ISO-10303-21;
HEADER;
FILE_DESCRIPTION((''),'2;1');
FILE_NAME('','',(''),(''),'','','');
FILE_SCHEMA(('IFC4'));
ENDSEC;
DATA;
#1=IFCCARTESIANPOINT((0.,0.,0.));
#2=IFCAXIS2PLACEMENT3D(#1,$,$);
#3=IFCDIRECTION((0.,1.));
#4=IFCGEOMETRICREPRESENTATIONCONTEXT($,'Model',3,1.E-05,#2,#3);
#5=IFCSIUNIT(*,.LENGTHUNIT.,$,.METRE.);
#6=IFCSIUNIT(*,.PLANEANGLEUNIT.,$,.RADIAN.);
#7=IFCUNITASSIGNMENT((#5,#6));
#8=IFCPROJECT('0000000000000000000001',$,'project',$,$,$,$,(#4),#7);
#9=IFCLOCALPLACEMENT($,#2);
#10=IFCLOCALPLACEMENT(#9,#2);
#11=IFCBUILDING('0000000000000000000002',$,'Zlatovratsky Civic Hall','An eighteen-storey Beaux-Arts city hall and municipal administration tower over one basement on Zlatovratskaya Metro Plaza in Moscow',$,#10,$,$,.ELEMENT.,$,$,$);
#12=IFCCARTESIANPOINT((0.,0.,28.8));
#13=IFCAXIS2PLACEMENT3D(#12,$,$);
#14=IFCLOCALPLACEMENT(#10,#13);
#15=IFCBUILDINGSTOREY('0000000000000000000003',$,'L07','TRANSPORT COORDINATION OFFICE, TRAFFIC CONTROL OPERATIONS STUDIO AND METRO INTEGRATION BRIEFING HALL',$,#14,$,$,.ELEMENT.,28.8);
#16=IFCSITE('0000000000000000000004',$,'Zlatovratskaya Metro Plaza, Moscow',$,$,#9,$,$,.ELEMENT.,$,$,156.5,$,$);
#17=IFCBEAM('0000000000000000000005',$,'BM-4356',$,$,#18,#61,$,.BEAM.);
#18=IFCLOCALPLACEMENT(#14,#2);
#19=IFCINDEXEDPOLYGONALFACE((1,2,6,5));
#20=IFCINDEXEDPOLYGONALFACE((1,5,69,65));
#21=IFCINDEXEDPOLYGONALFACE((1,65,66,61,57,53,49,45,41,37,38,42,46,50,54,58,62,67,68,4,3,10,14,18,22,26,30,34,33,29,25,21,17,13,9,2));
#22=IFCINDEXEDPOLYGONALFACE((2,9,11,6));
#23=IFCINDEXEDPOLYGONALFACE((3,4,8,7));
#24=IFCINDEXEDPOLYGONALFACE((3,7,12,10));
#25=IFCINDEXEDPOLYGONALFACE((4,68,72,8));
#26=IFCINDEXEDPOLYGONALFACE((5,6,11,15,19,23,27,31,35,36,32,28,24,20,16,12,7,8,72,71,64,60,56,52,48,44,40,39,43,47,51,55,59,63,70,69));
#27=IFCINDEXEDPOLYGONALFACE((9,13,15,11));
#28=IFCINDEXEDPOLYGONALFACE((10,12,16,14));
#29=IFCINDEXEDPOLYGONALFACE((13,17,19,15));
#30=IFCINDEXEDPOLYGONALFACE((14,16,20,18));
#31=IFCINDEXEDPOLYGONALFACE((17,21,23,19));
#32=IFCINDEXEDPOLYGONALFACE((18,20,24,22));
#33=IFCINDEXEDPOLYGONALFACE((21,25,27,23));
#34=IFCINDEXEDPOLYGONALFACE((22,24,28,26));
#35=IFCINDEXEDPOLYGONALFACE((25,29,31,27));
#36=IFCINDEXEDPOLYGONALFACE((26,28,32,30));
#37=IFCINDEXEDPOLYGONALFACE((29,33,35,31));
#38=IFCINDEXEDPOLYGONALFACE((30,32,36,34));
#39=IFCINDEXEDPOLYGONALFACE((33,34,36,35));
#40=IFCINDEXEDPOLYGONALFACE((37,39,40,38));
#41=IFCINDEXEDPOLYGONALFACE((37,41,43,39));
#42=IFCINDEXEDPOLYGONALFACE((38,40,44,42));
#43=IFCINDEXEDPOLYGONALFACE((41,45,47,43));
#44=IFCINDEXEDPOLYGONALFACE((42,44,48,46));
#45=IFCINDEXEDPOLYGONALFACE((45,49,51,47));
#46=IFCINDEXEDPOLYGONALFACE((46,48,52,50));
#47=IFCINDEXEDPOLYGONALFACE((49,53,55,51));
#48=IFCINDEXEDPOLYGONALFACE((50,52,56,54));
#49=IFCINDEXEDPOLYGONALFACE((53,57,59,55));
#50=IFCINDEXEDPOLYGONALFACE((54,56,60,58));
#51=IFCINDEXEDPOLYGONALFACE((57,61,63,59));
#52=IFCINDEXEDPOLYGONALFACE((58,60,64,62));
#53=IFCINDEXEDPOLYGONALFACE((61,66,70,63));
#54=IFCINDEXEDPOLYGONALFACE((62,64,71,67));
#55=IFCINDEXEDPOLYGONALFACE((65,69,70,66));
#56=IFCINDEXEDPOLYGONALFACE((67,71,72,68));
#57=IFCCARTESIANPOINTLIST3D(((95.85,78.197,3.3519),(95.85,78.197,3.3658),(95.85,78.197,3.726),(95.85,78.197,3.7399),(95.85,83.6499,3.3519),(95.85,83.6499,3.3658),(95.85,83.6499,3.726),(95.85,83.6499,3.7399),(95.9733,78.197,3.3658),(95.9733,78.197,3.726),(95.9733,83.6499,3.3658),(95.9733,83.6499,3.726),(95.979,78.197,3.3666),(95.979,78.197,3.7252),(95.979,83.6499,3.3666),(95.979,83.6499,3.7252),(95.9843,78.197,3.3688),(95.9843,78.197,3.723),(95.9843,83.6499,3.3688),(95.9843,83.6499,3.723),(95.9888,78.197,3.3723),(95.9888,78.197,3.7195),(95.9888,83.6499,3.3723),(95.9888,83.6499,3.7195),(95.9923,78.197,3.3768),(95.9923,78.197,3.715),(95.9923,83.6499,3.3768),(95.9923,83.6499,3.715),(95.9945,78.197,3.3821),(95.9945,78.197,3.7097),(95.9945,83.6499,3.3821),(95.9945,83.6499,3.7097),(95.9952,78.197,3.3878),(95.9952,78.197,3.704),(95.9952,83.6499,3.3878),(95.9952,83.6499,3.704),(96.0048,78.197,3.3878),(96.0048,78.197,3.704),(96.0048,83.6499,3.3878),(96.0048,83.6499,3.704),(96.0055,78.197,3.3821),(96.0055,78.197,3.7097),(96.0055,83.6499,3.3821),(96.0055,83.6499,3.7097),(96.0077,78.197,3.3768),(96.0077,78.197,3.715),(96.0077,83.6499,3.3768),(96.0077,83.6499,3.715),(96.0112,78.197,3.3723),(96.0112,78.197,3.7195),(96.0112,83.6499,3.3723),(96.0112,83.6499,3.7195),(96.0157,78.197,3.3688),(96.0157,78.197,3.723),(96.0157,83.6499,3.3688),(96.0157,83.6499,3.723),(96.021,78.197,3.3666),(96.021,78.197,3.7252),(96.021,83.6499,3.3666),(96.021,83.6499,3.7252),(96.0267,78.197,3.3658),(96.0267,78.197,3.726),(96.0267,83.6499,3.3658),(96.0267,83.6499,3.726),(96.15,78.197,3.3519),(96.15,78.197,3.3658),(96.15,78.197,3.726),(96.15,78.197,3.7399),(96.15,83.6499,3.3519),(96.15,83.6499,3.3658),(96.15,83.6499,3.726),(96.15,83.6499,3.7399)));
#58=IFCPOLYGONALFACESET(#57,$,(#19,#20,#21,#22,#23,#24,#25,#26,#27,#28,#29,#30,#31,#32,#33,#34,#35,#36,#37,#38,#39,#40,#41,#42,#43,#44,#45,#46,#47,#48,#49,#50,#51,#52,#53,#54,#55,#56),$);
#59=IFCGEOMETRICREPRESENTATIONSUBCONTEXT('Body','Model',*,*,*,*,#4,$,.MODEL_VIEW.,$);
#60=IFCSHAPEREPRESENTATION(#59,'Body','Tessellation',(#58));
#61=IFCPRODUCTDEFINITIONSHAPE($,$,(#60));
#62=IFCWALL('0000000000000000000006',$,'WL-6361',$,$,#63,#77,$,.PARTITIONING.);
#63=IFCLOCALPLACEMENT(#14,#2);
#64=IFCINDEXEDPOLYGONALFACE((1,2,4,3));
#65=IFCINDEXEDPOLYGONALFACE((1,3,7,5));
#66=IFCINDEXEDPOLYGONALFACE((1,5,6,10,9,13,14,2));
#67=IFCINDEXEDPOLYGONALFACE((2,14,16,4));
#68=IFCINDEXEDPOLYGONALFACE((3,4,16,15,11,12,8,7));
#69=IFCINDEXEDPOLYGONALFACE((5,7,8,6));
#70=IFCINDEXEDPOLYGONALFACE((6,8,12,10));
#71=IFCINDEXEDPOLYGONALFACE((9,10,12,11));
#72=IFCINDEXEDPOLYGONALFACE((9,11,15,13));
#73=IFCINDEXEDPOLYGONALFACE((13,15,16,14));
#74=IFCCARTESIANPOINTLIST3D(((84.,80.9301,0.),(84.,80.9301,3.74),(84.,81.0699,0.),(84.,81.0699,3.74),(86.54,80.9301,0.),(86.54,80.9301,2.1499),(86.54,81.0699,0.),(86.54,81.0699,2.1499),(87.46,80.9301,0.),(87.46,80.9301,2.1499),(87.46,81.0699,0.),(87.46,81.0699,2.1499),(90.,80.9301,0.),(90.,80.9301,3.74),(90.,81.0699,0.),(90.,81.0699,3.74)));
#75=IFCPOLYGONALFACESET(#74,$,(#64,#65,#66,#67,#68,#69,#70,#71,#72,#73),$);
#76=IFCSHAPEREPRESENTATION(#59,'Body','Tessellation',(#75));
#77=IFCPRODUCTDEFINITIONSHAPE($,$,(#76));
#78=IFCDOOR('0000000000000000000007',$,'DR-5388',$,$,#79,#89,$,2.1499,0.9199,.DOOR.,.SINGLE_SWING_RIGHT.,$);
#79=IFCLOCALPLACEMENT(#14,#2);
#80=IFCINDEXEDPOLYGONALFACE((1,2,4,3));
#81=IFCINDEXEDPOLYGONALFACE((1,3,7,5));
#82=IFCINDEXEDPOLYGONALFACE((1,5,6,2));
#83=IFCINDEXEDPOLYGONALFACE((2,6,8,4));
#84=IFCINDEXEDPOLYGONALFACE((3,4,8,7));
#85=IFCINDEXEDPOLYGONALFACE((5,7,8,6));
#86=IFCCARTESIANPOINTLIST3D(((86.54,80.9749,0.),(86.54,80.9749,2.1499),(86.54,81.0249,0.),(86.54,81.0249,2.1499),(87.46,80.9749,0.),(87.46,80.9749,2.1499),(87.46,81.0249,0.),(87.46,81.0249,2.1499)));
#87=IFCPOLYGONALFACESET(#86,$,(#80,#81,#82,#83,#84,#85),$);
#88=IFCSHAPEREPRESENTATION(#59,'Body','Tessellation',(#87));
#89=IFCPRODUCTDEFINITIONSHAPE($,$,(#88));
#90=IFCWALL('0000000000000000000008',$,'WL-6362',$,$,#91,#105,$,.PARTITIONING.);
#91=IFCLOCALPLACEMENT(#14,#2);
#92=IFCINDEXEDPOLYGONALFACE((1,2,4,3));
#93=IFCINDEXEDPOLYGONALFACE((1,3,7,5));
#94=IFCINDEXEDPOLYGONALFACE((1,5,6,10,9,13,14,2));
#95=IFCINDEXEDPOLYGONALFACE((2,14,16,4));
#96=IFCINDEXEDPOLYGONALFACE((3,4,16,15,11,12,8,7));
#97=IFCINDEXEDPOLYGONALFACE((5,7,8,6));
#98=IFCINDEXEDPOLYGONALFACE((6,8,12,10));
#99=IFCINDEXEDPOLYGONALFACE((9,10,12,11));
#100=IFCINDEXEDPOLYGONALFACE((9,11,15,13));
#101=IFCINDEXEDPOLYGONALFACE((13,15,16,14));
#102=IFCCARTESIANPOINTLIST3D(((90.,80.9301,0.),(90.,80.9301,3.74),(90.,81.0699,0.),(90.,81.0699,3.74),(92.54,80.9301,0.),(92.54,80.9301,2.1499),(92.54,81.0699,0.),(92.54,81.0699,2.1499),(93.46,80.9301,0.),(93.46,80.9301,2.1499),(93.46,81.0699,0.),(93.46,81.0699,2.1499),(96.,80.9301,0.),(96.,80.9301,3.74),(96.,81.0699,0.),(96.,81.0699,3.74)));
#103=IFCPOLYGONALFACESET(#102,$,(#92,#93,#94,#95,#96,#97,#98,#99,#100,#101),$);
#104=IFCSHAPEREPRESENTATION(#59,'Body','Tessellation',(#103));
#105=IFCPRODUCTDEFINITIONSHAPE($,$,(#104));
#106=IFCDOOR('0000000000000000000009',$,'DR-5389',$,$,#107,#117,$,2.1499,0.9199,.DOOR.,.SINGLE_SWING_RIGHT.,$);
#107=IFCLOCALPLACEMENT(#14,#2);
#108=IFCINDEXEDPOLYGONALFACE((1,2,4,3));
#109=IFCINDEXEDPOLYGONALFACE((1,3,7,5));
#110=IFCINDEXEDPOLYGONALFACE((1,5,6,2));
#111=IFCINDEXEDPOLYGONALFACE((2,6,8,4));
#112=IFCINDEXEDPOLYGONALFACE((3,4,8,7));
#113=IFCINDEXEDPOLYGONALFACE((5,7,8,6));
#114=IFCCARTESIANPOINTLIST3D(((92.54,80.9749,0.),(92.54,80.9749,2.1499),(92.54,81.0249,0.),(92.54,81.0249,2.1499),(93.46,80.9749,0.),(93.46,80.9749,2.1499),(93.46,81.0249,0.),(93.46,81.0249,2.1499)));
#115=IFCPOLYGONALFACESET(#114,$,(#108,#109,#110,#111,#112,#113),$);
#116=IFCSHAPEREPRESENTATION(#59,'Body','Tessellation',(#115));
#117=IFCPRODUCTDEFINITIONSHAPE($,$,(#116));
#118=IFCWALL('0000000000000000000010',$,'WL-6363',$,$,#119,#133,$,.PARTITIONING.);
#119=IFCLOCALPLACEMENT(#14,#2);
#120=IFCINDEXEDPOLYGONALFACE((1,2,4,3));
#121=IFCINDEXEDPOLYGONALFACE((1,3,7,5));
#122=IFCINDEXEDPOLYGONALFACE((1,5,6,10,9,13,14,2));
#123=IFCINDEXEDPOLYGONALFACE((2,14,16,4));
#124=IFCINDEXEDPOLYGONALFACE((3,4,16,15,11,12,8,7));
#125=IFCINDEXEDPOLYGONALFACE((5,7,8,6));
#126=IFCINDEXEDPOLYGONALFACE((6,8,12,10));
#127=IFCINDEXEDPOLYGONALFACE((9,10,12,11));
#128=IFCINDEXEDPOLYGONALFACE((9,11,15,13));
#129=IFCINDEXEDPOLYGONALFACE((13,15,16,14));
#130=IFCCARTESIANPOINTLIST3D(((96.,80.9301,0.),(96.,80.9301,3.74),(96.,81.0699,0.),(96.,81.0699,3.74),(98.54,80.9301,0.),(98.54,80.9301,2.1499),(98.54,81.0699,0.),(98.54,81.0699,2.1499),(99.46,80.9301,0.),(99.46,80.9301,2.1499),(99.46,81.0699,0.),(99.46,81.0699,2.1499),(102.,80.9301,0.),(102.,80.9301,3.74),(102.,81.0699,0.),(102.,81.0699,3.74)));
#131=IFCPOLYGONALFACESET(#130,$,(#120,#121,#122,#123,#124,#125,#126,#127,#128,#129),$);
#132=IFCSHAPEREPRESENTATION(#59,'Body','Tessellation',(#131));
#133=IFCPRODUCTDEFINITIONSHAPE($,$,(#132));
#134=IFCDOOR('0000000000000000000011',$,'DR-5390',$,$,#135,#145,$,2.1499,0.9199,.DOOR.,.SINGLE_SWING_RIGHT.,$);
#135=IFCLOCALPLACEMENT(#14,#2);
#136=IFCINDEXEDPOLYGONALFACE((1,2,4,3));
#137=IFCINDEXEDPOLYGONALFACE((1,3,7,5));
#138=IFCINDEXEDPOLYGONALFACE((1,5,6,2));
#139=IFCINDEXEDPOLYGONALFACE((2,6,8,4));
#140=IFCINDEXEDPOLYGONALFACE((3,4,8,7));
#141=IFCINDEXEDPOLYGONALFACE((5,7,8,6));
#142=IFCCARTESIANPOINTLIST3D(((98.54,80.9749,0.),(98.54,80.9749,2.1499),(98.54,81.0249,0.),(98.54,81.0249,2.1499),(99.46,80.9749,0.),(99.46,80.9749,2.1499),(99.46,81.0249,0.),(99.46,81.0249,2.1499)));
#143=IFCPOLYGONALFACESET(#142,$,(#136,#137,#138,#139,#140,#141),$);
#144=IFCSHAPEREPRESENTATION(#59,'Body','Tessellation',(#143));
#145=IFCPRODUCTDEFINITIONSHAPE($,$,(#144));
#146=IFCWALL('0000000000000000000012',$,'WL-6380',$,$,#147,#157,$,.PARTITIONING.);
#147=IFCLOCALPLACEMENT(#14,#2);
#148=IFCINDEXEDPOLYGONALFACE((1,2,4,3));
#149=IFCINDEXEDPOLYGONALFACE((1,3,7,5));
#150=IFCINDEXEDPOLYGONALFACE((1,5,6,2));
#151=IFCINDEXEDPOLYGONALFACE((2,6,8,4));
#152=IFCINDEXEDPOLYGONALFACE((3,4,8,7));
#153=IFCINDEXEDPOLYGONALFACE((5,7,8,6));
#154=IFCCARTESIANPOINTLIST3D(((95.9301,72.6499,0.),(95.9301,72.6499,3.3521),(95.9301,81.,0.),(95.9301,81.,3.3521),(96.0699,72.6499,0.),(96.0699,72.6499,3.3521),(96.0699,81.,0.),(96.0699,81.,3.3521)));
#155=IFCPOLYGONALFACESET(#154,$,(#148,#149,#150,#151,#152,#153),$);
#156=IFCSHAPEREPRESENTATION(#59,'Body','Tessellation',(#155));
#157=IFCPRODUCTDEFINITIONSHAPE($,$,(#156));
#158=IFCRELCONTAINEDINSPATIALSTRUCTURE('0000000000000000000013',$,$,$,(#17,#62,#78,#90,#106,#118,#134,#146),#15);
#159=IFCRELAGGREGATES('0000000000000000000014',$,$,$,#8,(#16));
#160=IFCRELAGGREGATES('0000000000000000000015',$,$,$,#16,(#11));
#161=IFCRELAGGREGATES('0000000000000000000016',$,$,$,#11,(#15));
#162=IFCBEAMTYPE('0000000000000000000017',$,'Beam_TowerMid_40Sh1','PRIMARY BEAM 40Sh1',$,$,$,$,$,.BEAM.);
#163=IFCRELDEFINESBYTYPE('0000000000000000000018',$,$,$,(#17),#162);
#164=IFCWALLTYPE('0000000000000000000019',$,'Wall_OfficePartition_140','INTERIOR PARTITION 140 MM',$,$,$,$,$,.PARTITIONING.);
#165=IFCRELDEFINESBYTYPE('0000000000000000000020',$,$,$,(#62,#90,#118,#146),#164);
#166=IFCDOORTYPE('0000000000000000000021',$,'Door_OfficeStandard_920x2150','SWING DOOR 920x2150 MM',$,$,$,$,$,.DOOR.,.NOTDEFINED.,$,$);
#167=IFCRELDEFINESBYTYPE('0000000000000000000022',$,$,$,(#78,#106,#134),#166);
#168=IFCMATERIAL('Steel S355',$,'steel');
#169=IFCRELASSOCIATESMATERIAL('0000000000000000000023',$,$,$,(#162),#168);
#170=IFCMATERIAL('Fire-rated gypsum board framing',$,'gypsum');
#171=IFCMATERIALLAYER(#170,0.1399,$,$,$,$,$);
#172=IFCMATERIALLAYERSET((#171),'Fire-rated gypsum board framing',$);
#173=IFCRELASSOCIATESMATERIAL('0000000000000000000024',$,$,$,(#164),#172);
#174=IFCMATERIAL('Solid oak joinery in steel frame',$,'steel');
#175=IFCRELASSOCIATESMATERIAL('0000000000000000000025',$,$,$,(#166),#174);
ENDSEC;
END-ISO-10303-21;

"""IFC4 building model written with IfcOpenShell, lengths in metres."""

from ifc_helpers import new_model, si_unit, direction, frame, frame_2d, origin, origin_2d, place, context, subcontext, project, spatial, rectangle, i_section, extrude, material, layer, layer_set, material_profile, profile_set, type_object, element, fill, save


model = new_model("IFC4")

# Units and contexts
model_context = context("Model", 3, precision=1e-05, world=origin(), true_north=direction((0.0, 1.0)))
body_context = subcontext(model_context, "Body", "Model", "MODEL_VIEW")
ifc_project = project(units=[si_unit("LENGTHUNIT", "METRE"), si_unit("PLANEANGLEUNIT", "RADIAN")], contexts=[model_context])

# Site, building, storey
site_placement = place(None, origin())
site = spatial("IfcSite", under=ifc_project, at=site_placement, Name="Zlatovratskaya Metro Plaza, Moscow", CompositionType="ELEMENT", RefElevation=156.5)
building_placement = place(site_placement, origin())
building = spatial("IfcBuilding", under=site, at=building_placement, Name="Zlatovratsky Civic Hall", Description="An eighteen-storey Beaux-Arts city hall and municipal administration tower over one basement on Zlatovratskaya Metro Plaza in Moscow", CompositionType="ELEMENT")
storey_placement = place(building_placement, frame((0.0, 0.0, 28.8)))
storey = spatial("IfcBuildingStorey", under=building, at=storey_placement, Name="L07", Description="TRANSPORT COORDINATION OFFICE, TRAFFIC CONTROL OPERATIONS STUDIO AND METRO INTEGRATION BRIEFING HALL", CompositionType="ELEMENT", Elevation=28.8)

# Shared definitions
ifc_material_1 = material(Name="Steel S355", Category="steel")

# Beam
ifc_material_profile_1 = material_profile(ifc_material_1, i_section(OverallWidth=0.3, OverallDepth=0.3879, WebThickness=0.0095, FlangeThickness=0.0139, FilletRadius=0.022, at=origin_2d()), Name="40Sh1")
ifc_profile_set_1 = profile_set([ifc_material_profile_1], Name="Steel S355")
beam_type = type_object("IfcBeamType", Name="Beam_TowerMid_40Sh1", Description="PRIMARY BEAM 40Sh1", PredefinedType="BEAM", material=ifc_profile_set_1)
beam_1_placement = place(storey_placement, frame((96.0, 78.197, 3.5459), z_axis=(0.0, 1.0, 0.0), x_axis=(-1.0, 0.0, 0.0)))
element("IfcBeam", 1, at=beam_1_placement, inside=storey, type_object=beam_type, Name="BM-4356", PredefinedType="BEAM", context=body_context, shape_type="SweptSolid", body=[
    extrude(i_section(OverallWidth=0.3, OverallDepth=0.3879, WebThickness=0.0095, FlangeThickness=0.0139, FilletRadius=0.022, at=origin_2d()), origin(), (0.0, 0.0, 1.0), 5.4529),
])

# Walls, openings, doors
ifc_material_2 = material(Name="Fire-rated gypsum board framing", Category="gypsum")
ifc_layer_1 = layer(ifc_material_2, 0.1399)
ifc_layer_set_1 = layer_set([ifc_layer_1], Name="Fire-rated gypsum board framing")
wall_type_1 = type_object("IfcWallType", Name="Wall_OfficePartition_140", Description="INTERIOR PARTITION 140 MM", PredefinedType="PARTITIONING", material=ifc_layer_set_1)
wall_1_placement = place(storey_placement, frame((84.0, 81.0, 0.0), z_axis=(0.0, 0.0, 1.0), x_axis=(1.0, 0.0, 0.0)))
wall_1 = element("IfcWall", 2, at=wall_1_placement, inside=storey, type_object=wall_type_1, Name="WL-6361", PredefinedType="PARTITIONING", context=body_context, shape_type="SweptSolid", body=[
    extrude(rectangle(XDim=6.0, YDim=0.1399, at=frame_2d((3.0, 0.0))), origin(), (0.0, 0.0, 1.0), 3.74),
])
opening_1_placement = place(wall_1_placement, frame((2.54, 0.0, 0.0)))
opening_1 = element("IfcOpeningElement", 3, at=opening_1_placement, cuts=wall_1, PredefinedType="OPENING", context=body_context, shape_type="SweptSolid", body=[
    extrude(rectangle(XDim=0.9199, YDim=2.1499, at=frame_2d((0.46, 1.075))), frame((0.0, 0.085, 0.0), z_axis=(0.0, -1.0, 0.0), x_axis=(1.0, 0.0, 0.0)), (0.0, 0.0, 1.0), 0.1697),
])
ifc_material_3 = material(Name="Solid oak joinery in steel frame", Category="steel")
door_type_1 = type_object("IfcDoorType", Name="Door_OfficeStandard_920x2150", Description="SWING DOOR 920x2150 MM", OperationType="NOTDEFINED", PredefinedType="DOOR", material=ifc_material_3)
door_1_placement = place(opening_1_placement, origin())
door_1 = element("IfcDoor", 4, at=door_1_placement, inside=storey, type_object=door_type_1, Name="DR-5388", OperationType="SINGLE_SWING_RIGHT", OverallHeight=2.1499, OverallWidth=0.9199, PredefinedType="DOOR", context=body_context, shape_type="SweptSolid", body=[
    extrude(rectangle(XDim=0.9199, YDim=2.1499, at=frame_2d((0.46, 1.075))), frame((0.0, 0.0249, 0.0), z_axis=(0.0, -1.0, 0.0), x_axis=(1.0, 0.0, 0.0)), (0.0, 0.0, 1.0), 0.05),
])
fill(opening_1, door_1)
wall_2_placement = place(storey_placement, frame((90.0, 81.0, 0.0), z_axis=(0.0, 0.0, 1.0), x_axis=(1.0, 0.0, 0.0)))
wall_2 = element("IfcWall", 5, at=wall_2_placement, inside=storey, type_object=wall_type_1, Name="WL-6362", PredefinedType="PARTITIONING", context=body_context, shape_type="SweptSolid", body=[
    extrude(rectangle(XDim=6.0, YDim=0.1399, at=frame_2d((3.0, 0.0))), origin(), (0.0, 0.0, 1.0), 3.74),
])
opening_2_placement = place(wall_2_placement, frame((2.54, 0.0, 0.0)))
opening_2 = element("IfcOpeningElement", 6, at=opening_2_placement, cuts=wall_2, PredefinedType="OPENING", context=body_context, shape_type="SweptSolid", body=[
    extrude(rectangle(XDim=0.9199, YDim=2.1499, at=frame_2d((0.46, 1.075))), frame((0.0, 0.085, 0.0), z_axis=(0.0, -1.0, 0.0), x_axis=(1.0, 0.0, 0.0)), (0.0, 0.0, 1.0), 0.1697),
])
door_2_placement = place(opening_2_placement, origin())
door_2 = element("IfcDoor", 7, at=door_2_placement, inside=storey, type_object=door_type_1, Name="DR-5389", OperationType="SINGLE_SWING_RIGHT", OverallHeight=2.1499, OverallWidth=0.9199, PredefinedType="DOOR", context=body_context, shape_type="SweptSolid", body=[
    extrude(rectangle(XDim=0.9199, YDim=2.1499, at=frame_2d((0.46, 1.075))), frame((0.0, 0.0249, 0.0), z_axis=(0.0, -1.0, 0.0), x_axis=(1.0, 0.0, 0.0)), (0.0, 0.0, 1.0), 0.05),
])
fill(opening_2, door_2)
wall_3_placement = place(storey_placement, frame((96.0, 81.0, 0.0), z_axis=(0.0, 0.0, 1.0), x_axis=(1.0, 0.0, 0.0)))
wall_3 = element("IfcWall", 8, at=wall_3_placement, inside=storey, type_object=wall_type_1, Name="WL-6363", PredefinedType="PARTITIONING", context=body_context, shape_type="SweptSolid", body=[
    extrude(rectangle(XDim=6.0, YDim=0.1399, at=frame_2d((3.0, 0.0))), origin(), (0.0, 0.0, 1.0), 3.74),
])
opening_3_placement = place(wall_3_placement, frame((2.54, 0.0, 0.0)))
opening_3 = element("IfcOpeningElement", 9, at=opening_3_placement, cuts=wall_3, PredefinedType="OPENING", context=body_context, shape_type="SweptSolid", body=[
    extrude(rectangle(XDim=0.9199, YDim=2.1499, at=frame_2d((0.46, 1.075))), frame((0.0, 0.085, 0.0), z_axis=(0.0, -1.0, 0.0), x_axis=(1.0, 0.0, 0.0)), (0.0, 0.0, 1.0), 0.1697),
])
door_3_placement = place(opening_3_placement, origin())
door_3 = element("IfcDoor", 10, at=door_3_placement, inside=storey, type_object=door_type_1, Name="DR-5390", OperationType="SINGLE_SWING_RIGHT", OverallHeight=2.1499, OverallWidth=0.9199, PredefinedType="DOOR", context=body_context, shape_type="SweptSolid", body=[
    extrude(rectangle(XDim=0.9199, YDim=2.1499, at=frame_2d((0.46, 1.075))), frame((0.0, 0.0249, 0.0), z_axis=(0.0, -1.0, 0.0), x_axis=(1.0, 0.0, 0.0)), (0.0, 0.0, 1.0), 0.05),
])
fill(opening_3, door_3)

# Wall
wall_4_placement = place(storey_placement, frame((96.0, 72.6499, 0.0), z_axis=(0.0, 0.0, 1.0), x_axis=(0.0, 1.0, 0.0)))
element("IfcWall", 11, at=wall_4_placement, inside=storey, type_object=wall_type_1, Name="WL-6380", PredefinedType="PARTITIONING", context=body_context, shape_type="SweptSolid", body=[
    extrude(rectangle(XDim=8.3501, YDim=0.1399, at=frame_2d((4.175, 0.0))), origin(), (0.0, 0.0, 1.0), 3.3521),
])

save(model, "model.ifc")
